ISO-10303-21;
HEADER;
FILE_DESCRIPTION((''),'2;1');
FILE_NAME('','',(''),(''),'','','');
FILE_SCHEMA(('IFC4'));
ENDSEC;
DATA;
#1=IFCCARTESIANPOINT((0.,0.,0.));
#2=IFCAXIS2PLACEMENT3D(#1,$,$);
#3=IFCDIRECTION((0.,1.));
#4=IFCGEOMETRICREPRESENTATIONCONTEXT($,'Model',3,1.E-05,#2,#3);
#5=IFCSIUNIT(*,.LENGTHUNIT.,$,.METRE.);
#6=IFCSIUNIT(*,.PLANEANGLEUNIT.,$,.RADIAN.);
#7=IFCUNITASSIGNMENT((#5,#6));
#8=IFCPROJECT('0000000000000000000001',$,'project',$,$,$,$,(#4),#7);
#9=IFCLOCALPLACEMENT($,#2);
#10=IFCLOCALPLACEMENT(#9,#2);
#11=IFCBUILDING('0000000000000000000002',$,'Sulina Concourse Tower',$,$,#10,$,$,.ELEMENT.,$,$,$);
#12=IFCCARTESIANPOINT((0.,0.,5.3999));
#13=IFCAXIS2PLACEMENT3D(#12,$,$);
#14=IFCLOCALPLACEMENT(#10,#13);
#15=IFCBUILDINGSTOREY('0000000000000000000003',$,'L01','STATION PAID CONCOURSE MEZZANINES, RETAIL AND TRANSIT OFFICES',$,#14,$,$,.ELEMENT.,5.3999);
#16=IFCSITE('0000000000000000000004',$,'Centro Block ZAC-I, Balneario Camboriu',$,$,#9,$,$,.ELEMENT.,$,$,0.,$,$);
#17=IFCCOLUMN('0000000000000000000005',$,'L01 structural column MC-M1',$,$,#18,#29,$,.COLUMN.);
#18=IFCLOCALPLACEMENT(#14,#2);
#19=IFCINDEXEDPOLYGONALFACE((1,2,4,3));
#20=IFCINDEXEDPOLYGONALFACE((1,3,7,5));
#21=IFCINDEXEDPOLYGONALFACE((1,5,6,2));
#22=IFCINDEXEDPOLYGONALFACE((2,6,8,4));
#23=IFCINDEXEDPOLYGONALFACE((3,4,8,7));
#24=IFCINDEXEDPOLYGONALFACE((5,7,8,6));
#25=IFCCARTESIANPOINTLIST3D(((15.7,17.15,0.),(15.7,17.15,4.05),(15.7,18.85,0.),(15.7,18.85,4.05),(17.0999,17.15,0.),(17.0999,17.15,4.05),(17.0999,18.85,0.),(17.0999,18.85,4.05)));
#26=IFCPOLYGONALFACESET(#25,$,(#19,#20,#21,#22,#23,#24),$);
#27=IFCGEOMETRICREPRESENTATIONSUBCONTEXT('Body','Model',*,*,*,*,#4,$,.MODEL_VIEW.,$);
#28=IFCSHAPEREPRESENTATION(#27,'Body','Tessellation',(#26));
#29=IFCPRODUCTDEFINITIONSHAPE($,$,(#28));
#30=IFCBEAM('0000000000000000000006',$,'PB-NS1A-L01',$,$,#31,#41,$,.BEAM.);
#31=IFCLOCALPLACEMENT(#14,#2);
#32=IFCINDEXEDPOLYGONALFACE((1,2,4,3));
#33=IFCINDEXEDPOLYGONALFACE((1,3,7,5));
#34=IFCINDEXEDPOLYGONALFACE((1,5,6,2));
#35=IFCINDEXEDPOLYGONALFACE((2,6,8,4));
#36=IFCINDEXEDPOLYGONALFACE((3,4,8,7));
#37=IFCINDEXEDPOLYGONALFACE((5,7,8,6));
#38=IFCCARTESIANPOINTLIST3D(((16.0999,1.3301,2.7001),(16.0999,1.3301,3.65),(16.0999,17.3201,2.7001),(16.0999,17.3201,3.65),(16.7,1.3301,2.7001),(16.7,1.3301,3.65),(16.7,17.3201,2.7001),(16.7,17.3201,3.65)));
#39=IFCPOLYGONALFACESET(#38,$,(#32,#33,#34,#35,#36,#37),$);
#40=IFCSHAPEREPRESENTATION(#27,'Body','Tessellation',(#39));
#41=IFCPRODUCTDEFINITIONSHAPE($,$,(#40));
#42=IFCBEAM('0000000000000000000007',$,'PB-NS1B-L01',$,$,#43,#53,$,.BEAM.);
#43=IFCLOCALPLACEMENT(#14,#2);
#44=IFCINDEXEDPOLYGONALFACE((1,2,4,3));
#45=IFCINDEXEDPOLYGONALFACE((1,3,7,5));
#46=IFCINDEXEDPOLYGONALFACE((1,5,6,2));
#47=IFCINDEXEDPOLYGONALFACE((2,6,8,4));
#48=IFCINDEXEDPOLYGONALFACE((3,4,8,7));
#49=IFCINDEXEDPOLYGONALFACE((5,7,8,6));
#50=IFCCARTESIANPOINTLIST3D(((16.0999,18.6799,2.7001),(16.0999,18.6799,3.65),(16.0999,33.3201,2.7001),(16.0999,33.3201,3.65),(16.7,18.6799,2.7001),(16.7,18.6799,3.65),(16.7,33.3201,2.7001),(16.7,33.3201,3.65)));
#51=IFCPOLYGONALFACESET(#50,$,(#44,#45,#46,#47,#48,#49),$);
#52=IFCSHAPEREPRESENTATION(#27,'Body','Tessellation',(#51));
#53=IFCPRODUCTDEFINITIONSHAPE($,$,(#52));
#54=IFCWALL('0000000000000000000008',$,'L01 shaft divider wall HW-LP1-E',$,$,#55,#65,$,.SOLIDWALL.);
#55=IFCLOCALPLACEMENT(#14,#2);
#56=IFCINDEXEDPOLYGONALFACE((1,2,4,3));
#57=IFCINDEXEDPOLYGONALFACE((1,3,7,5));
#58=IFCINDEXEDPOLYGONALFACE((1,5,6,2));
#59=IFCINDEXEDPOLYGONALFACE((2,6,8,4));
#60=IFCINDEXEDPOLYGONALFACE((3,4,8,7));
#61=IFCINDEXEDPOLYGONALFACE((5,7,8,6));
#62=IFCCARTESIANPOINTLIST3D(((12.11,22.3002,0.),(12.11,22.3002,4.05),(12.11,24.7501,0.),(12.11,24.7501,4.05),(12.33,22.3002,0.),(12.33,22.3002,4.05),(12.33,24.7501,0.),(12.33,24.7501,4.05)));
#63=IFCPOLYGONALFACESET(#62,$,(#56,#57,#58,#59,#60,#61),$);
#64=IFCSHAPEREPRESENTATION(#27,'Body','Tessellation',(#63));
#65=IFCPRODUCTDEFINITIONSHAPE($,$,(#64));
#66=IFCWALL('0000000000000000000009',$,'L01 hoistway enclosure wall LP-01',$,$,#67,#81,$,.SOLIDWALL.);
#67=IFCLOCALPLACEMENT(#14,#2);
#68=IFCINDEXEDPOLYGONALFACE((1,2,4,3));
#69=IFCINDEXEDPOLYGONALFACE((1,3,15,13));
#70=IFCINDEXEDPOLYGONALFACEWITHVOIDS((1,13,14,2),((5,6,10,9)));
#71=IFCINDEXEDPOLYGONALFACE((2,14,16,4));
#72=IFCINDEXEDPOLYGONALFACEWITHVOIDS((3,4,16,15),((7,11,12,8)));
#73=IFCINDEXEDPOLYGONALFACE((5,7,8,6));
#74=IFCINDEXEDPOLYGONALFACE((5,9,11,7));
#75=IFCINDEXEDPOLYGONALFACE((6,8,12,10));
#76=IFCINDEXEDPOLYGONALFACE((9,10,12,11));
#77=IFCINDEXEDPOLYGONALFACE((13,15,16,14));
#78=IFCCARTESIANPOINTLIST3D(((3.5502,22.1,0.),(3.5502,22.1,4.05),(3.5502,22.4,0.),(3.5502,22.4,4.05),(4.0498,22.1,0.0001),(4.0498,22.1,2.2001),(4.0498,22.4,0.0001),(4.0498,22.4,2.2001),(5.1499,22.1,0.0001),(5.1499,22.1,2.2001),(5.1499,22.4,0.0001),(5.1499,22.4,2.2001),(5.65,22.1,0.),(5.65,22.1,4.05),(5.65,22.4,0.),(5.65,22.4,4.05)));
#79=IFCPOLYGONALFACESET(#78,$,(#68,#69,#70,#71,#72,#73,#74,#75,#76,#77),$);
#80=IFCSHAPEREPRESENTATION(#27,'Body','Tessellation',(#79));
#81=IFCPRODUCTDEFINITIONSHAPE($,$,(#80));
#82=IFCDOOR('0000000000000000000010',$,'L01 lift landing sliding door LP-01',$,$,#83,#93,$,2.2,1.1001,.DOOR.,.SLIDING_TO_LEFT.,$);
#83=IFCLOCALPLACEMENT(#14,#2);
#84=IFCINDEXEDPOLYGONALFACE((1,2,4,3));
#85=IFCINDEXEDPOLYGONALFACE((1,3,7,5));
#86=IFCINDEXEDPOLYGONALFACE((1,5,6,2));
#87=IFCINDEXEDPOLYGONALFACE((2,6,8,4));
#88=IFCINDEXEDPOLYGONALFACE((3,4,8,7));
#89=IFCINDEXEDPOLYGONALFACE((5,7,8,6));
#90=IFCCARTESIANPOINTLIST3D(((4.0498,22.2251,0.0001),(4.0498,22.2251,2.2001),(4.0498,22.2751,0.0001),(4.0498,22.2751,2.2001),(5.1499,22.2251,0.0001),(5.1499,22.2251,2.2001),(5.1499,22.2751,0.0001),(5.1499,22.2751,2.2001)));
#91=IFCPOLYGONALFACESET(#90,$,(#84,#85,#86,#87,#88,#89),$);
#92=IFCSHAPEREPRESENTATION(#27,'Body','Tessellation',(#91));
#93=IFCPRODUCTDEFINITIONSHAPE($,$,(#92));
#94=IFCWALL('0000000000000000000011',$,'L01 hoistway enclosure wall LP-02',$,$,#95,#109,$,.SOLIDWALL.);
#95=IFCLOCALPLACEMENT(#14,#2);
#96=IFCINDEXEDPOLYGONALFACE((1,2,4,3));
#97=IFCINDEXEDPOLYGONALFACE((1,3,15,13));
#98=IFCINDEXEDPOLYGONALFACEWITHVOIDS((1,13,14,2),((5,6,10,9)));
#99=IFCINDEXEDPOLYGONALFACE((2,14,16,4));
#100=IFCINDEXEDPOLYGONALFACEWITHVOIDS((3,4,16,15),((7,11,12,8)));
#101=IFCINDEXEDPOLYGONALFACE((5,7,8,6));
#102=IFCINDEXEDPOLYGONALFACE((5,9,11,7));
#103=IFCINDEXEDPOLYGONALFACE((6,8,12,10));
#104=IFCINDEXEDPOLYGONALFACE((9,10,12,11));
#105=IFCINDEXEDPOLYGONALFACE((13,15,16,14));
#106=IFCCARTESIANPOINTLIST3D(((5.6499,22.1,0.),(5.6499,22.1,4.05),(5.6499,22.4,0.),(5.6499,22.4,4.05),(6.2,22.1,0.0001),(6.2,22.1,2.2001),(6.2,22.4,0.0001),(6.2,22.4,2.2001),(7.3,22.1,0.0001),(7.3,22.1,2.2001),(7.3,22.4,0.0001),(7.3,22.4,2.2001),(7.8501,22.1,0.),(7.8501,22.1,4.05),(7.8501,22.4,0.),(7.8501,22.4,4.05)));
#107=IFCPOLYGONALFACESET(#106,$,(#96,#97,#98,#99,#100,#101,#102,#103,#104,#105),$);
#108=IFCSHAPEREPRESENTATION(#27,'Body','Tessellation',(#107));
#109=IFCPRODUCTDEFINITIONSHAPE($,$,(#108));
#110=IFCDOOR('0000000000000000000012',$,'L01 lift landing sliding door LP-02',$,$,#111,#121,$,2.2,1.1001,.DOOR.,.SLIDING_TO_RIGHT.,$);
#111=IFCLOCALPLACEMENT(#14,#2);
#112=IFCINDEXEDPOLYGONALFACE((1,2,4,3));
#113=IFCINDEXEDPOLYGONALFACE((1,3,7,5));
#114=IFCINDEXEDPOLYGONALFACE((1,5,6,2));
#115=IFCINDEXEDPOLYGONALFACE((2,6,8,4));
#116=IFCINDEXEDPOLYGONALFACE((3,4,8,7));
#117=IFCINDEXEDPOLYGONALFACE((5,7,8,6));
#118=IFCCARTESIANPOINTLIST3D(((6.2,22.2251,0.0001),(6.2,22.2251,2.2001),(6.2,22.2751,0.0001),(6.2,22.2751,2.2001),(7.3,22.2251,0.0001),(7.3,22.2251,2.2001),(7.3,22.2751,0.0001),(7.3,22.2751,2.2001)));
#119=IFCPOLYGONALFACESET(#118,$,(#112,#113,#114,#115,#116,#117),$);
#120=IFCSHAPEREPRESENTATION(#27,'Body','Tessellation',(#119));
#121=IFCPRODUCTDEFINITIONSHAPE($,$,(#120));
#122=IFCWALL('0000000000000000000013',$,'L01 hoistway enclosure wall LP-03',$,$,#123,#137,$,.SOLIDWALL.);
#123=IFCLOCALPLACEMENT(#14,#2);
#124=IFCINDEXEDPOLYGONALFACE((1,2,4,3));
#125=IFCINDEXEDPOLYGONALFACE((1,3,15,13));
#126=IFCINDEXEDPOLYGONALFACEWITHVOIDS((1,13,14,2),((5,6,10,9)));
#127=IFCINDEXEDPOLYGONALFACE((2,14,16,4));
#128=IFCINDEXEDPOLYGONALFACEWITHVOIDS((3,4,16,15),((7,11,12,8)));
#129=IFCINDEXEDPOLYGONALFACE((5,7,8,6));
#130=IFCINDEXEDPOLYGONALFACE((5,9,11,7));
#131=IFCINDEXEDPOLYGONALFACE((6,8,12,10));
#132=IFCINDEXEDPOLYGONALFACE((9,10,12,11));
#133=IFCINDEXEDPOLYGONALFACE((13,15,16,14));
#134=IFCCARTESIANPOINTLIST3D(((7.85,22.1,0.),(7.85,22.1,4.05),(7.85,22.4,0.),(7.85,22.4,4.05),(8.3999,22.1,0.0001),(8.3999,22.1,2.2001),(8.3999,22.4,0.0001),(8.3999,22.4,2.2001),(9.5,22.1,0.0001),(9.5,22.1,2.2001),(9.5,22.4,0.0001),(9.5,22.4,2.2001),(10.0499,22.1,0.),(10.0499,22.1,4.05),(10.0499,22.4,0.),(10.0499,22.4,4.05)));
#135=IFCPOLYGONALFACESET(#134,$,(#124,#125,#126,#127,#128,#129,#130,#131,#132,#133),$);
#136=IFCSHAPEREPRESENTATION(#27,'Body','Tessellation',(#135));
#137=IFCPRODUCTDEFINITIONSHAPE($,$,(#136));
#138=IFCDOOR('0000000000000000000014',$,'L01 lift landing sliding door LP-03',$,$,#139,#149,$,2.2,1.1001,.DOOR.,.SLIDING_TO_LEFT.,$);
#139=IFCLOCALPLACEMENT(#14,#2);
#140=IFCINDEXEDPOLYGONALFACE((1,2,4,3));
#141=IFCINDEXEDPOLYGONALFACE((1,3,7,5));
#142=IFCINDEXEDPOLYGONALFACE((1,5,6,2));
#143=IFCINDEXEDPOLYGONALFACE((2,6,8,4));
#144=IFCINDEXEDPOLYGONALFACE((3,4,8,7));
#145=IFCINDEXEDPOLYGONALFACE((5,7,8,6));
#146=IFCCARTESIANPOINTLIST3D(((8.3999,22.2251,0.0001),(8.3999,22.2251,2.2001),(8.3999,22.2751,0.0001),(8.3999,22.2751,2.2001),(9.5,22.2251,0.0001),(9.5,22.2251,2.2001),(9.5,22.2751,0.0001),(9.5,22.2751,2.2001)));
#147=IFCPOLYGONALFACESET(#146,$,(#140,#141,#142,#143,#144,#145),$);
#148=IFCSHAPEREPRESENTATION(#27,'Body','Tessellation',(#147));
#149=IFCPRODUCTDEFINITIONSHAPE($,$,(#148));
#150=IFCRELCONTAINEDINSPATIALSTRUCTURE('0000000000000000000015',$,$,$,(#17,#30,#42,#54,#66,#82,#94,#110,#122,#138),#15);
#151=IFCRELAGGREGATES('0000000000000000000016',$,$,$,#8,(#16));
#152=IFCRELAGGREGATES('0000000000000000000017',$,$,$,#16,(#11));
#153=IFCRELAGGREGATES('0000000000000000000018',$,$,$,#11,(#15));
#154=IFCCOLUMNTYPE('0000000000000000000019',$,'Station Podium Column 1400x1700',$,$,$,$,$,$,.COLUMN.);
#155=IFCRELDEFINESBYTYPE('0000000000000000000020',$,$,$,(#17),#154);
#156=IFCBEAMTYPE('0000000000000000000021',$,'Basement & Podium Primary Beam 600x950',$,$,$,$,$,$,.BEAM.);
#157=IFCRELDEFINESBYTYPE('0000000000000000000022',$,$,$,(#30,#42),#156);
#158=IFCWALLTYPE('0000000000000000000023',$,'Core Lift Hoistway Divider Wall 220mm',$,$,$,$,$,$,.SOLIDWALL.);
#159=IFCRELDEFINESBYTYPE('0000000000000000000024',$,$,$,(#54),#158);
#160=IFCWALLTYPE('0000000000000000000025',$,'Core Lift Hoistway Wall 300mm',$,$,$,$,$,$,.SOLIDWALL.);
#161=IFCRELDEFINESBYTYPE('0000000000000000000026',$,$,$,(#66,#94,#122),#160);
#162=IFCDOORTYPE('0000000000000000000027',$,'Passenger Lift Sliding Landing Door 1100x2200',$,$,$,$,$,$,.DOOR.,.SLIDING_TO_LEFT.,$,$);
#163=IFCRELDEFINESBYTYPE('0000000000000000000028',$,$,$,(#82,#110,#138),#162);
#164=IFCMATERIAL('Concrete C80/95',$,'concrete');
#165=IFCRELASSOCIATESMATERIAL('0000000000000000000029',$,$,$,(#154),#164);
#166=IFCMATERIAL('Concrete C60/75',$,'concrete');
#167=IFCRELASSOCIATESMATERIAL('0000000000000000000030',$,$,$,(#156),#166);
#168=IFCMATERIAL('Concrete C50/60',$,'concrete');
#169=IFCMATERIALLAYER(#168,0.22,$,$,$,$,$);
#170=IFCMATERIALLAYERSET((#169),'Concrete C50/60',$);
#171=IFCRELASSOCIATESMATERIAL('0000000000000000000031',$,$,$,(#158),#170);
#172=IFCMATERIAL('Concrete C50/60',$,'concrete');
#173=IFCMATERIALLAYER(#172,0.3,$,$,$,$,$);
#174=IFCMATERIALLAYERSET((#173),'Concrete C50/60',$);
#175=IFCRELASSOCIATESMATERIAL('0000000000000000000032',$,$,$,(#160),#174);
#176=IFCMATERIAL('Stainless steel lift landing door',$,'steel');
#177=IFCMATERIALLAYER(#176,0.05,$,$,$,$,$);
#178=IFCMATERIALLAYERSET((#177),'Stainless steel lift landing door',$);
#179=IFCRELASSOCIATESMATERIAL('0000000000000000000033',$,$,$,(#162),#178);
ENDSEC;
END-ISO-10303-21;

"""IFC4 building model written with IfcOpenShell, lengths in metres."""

from ifc_helpers import new_model, si_unit, direction, frame, frame_2d, origin, origin_2d, place, context, subcontext, project, spatial, rectangle, extrude, material, layer, layer_set, material_profile, profile_set, type_object, element, fill, save


model = new_model("IFC4")

# Units and contexts
model_context = context("Model", 3, precision=1e-05, world=origin(), true_north=direction((0.0, 1.0)))
body_context = subcontext(model_context, "Body", "Model", "MODEL_VIEW")
ifc_project = project(units=[si_unit("LENGTHUNIT", "METRE"), si_unit("PLANEANGLEUNIT", "RADIAN")], contexts=[model_context])

# Site, building, storey
site_placement = place(None, origin())
site = spatial("IfcSite", under=ifc_project, at=site_placement, Name="Centro Block ZAC-I, Balneario Camboriu", CompositionType="ELEMENT", RefElevation=0.0)
building_placement = place(site_placement, origin())
building = spatial("IfcBuilding", under=site, at=building_placement, Name="Sulina Concourse Tower", CompositionType="ELEMENT")
storey_placement = place(building_placement, frame((0.0, 0.0, 5.3999)))
storey = spatial("IfcBuildingStorey", under=building, at=storey_placement, Name="L01", Description="STATION PAID CONCOURSE MEZZANINES, RETAIL AND TRANSIT OFFICES", CompositionType="ELEMENT", Elevation=5.3999)

# Column
ifc_material_1 = material(Name="Concrete C80/95", Category="concrete")
ifc_material_profile_1 = material_profile(ifc_material_1, rectangle(XDim=1.3999, YDim=1.7, at=origin_2d()), Name="RC 1400x1700")
ifc_profile_set_1 = profile_set([ifc_material_profile_1], Name="Concrete C80/95")
column_type = type_object("IfcColumnType", Name="Station Podium Column 1400x1700", PredefinedType="COLUMN", material=ifc_profile_set_1)
column_placement = place(storey_placement, frame((16.3999, 18.0, 0.0), z_axis=(0.0, 0.0, 1.0), x_axis=(1.0, 0.0, 0.0)))
element("IfcColumn", 1, at=column_placement, inside=storey, type_object=column_type, Name="L01 structural column MC-M1", PredefinedType="COLUMN", context=body_context, shape_type="SweptSolid", body=[
    extrude(rectangle(XDim=1.3999, YDim=1.7, at=origin_2d()), origin(), (0.0, 0.0, 1.0), 4.05),
])

# Beams
ifc_material_2 = material(Name="Concrete C60/75", Category="concrete")
ifc_material_profile_2 = material_profile(ifc_material_2, rectangle(XDim=0.6001, YDim=0.95, at=origin_2d()), Name="RC 600x950")
ifc_profile_set_2 = profile_set([ifc_material_profile_2], Name="Concrete C60/75")
beam_type = type_object("IfcBeamType", Name="Basement & Podium Primary Beam 600x950", PredefinedType="BEAM", material=ifc_profile_set_2)
beam_1_placement = place(storey_placement, frame((16.3999, 1.3301, 3.175), z_axis=(0.0, 1.0, 0.0), x_axis=(-1.0, 0.0, 0.0)))
element("IfcBeam", 2, at=beam_1_placement, inside=storey, type_object=beam_type, Name="PB-NS1A-L01", PredefinedType="BEAM", context=body_context, shape_type="SweptSolid", body=[
    extrude(rectangle(XDim=0.6001, YDim=0.95, at=origin_2d()), origin(), (0.0, 0.0, 1.0), 15.99),
])
beam_2_placement = place(storey_placement, frame((16.3999, 18.6799, 3.175), z_axis=(0.0, 1.0, 0.0), x_axis=(-1.0, 0.0, 0.0)))
element("IfcBeam", 3, at=beam_2_placement, inside=storey, type_object=beam_type, Name="PB-NS1B-L01", PredefinedType="BEAM", context=body_context, shape_type="SweptSolid", body=[
    extrude(rectangle(XDim=0.6001, YDim=0.95, at=origin_2d()), origin(), (0.0, 0.0, 1.0), 14.6401),
])

# Wall
ifc_material_3 = material(Name="Concrete C50/60", Category="concrete")
ifc_layer_1 = layer(ifc_material_3, 0.22)
ifc_layer_set_1 = layer_set([ifc_layer_1], Name="Concrete C50/60")
wall_type_1 = type_object("IfcWallType", Name="Core Lift Hoistway Divider Wall 220mm", PredefinedType="SOLIDWALL", material=ifc_layer_set_1)
wall_1_placement = place(storey_placement, frame((12.22, 22.3, 0.0), z_axis=(0.0, 0.0, 1.0), x_axis=(0.0, 1.0, 0.0)))
element("IfcWall", 4, at=wall_1_placement, inside=storey, type_object=wall_type_1, Name="L01 shaft divider wall HW-LP1-E", PredefinedType="SOLIDWALL", context=body_context, shape_type="SweptSolid", body=[
    extrude(rectangle(XDim=2.45, YDim=0.22, at=frame_2d((1.2251, 0.0))), origin(), (0.0, 0.0, 1.0), 4.05),
])

# Walls, openings, doors
ifc_material_4 = material(Name="Concrete C50/60", Category="concrete")
ifc_layer_2 = layer(ifc_material_4, 0.3)
ifc_layer_set_2 = layer_set([ifc_layer_2], Name="Concrete C50/60")
wall_type_2 = type_object("IfcWallType", Name="Core Lift Hoistway Wall 300mm", PredefinedType="SOLIDWALL", material=ifc_layer_set_2)
wall_2_placement = place(storey_placement, frame((5.6499, 22.25, 0.0), z_axis=(0.0, 0.0, 1.0), x_axis=(-1.0, 0.0, 0.0)))
wall_2 = element("IfcWall", 5, at=wall_2_placement, inside=storey, type_object=wall_type_2, Name="L01 hoistway enclosure wall LP-01", PredefinedType="SOLIDWALL", context=body_context, shape_type="SweptSolid", body=[
    extrude(rectangle(XDim=2.0999, YDim=0.3, at=frame_2d((1.0498, 0.0))), origin(), (0.0, 0.0, 1.0), 4.05),
])
opening_1_placement = place(wall_2_placement, frame((0.5, 0.0, 0.0)))
opening_1 = element("IfcOpeningElement", 6, at=opening_1_placement, cuts=wall_2, PredefinedType="OPENING", context=body_context, shape_type="SweptSolid", body=[
    extrude(rectangle(XDim=1.1001, YDim=2.2, at=frame_2d((0.55, 1.1001))), frame((0.0, 0.1599, 0.0), z_axis=(0.0, -1.0, 0.0), x_axis=(1.0, 0.0, 0.0)), (0.0, 0.0, 1.0), 0.3201),
])
ifc_material_5 = material(Name="Stainless steel lift landing door", Category="steel")
ifc_layer_3 = layer(ifc_material_5, 0.05)
ifc_layer_set_3 = layer_set([ifc_layer_3], Name="Stainless steel lift landing door")
door_type_1 = type_object("IfcDoorType", Name="Passenger Lift Sliding Landing Door 1100x2200", OperationType="SLIDING_TO_LEFT", PredefinedType="DOOR", material=ifc_layer_set_3)
door_1_placement = place(opening_1_placement, origin())
door_1 = element("IfcDoor", 7, at=door_1_placement, inside=storey, type_object=door_type_1, Name="L01 lift landing sliding door LP-01", OperationType="SLIDING_TO_LEFT", OverallHeight=2.2, OverallWidth=1.1001, PredefinedType="DOOR", context=body_context, shape_type="SweptSolid", body=[
    extrude(rectangle(XDim=1.1001, YDim=2.2, at=frame_2d((0.55, 1.1001))), frame((0.0, 0.0249, 0.0), z_axis=(0.0, -1.0, 0.0), x_axis=(1.0, 0.0, 0.0)), (0.0, 0.0, 1.0), 0.05),
])
fill(opening_1, door_1)
wall_3_placement = place(storey_placement, frame((7.8501, 22.25, 0.0), z_axis=(0.0, 0.0, 1.0), x_axis=(-1.0, 0.0, 0.0)))
wall_3 = element("IfcWall", 8, at=wall_3_placement, inside=storey, type_object=wall_type_2, Name="L01 hoistway enclosure wall LP-02", PredefinedType="SOLIDWALL", context=body_context, shape_type="SweptSolid", body=[
    extrude(rectangle(XDim=2.2002, YDim=0.3, at=frame_2d((1.1001, 0.0))), origin(), (0.0, 0.0, 1.0), 4.05),
])
opening_2_placement = place(wall_3_placement, frame((0.55, 0.0, 0.0)))
opening_2 = element("IfcOpeningElement", 9, at=opening_2_placement, cuts=wall_3, PredefinedType="OPENING", context=body_context, shape_type="SweptSolid", body=[
    extrude(rectangle(XDim=1.1001, YDim=2.2, at=frame_2d((0.55, 1.1001))), frame((0.0, 0.1599, 0.0), z_axis=(0.0, -1.0, 0.0), x_axis=(1.0, 0.0, 0.0)), (0.0, 0.0, 1.0), 0.3201),
])
door_2_placement = place(opening_2_placement, origin())
door_2 = element("IfcDoor", 10, at=door_2_placement, inside=storey, type_object=door_type_1, Name="L01 lift landing sliding door LP-02", OperationType="SLIDING_TO_RIGHT", OverallHeight=2.2, OverallWidth=1.1001, PredefinedType="DOOR", context=body_context, shape_type="SweptSolid", body=[
    extrude(rectangle(XDim=1.1001, YDim=2.2, at=frame_2d((0.55, 1.1001))), frame((0.0, 0.0249, 0.0), z_axis=(0.0, -1.0, 0.0), x_axis=(1.0, 0.0, 0.0)), (0.0, 0.0, 1.0), 0.05),
])
fill(opening_2, door_2)
wall_4_placement = place(storey_placement, frame((10.05, 22.25, 0.0), z_axis=(0.0, 0.0, 1.0), x_axis=(-1.0, 0.0, 0.0)))
wall_4 = element("IfcWall", 11, at=wall_4_placement, inside=storey, type_object=wall_type_2, Name="L01 hoistway enclosure wall LP-03", PredefinedType="SOLIDWALL", context=body_context, shape_type="SweptSolid", body=[
    extrude(rectangle(XDim=2.2, YDim=0.3, at=frame_2d((1.1001, 0.0))), origin(), (0.0, 0.0, 1.0), 4.05),
])
opening_3_placement = place(wall_4_placement, frame((0.55, 0.0, 0.0)))
opening_3 = element("IfcOpeningElement", 12, at=opening_3_placement, cuts=wall_4, PredefinedType="OPENING", context=body_context, shape_type="SweptSolid", body=[
    extrude(rectangle(XDim=1.1001, YDim=2.2, at=frame_2d((0.55, 1.1001))), frame((0.0, 0.1599, 0.0), z_axis=(0.0, -1.0, 0.0), x_axis=(1.0, 0.0, 0.0)), (0.0, 0.0, 1.0), 0.3201),
])
door_3_placement = place(opening_3_placement, origin())
door_3 = element("IfcDoor", 13, at=door_3_placement, inside=storey, type_object=door_type_1, Name="L01 lift landing sliding door LP-03", OperationType="SLIDING_TO_LEFT", OverallHeight=2.2, OverallWidth=1.1001, PredefinedType="DOOR", context=body_context, shape_type="SweptSolid", body=[
    extrude(rectangle(XDim=1.1001, YDim=2.2, at=frame_2d((0.55, 1.1001))), frame((0.0, 0.0249, 0.0), z_axis=(0.0, -1.0, 0.0), x_axis=(1.0, 0.0, 0.0)), (0.0, 0.0, 1.0), 0.05),
])
fill(opening_3, door_3)

save(model, "model.ifc")
